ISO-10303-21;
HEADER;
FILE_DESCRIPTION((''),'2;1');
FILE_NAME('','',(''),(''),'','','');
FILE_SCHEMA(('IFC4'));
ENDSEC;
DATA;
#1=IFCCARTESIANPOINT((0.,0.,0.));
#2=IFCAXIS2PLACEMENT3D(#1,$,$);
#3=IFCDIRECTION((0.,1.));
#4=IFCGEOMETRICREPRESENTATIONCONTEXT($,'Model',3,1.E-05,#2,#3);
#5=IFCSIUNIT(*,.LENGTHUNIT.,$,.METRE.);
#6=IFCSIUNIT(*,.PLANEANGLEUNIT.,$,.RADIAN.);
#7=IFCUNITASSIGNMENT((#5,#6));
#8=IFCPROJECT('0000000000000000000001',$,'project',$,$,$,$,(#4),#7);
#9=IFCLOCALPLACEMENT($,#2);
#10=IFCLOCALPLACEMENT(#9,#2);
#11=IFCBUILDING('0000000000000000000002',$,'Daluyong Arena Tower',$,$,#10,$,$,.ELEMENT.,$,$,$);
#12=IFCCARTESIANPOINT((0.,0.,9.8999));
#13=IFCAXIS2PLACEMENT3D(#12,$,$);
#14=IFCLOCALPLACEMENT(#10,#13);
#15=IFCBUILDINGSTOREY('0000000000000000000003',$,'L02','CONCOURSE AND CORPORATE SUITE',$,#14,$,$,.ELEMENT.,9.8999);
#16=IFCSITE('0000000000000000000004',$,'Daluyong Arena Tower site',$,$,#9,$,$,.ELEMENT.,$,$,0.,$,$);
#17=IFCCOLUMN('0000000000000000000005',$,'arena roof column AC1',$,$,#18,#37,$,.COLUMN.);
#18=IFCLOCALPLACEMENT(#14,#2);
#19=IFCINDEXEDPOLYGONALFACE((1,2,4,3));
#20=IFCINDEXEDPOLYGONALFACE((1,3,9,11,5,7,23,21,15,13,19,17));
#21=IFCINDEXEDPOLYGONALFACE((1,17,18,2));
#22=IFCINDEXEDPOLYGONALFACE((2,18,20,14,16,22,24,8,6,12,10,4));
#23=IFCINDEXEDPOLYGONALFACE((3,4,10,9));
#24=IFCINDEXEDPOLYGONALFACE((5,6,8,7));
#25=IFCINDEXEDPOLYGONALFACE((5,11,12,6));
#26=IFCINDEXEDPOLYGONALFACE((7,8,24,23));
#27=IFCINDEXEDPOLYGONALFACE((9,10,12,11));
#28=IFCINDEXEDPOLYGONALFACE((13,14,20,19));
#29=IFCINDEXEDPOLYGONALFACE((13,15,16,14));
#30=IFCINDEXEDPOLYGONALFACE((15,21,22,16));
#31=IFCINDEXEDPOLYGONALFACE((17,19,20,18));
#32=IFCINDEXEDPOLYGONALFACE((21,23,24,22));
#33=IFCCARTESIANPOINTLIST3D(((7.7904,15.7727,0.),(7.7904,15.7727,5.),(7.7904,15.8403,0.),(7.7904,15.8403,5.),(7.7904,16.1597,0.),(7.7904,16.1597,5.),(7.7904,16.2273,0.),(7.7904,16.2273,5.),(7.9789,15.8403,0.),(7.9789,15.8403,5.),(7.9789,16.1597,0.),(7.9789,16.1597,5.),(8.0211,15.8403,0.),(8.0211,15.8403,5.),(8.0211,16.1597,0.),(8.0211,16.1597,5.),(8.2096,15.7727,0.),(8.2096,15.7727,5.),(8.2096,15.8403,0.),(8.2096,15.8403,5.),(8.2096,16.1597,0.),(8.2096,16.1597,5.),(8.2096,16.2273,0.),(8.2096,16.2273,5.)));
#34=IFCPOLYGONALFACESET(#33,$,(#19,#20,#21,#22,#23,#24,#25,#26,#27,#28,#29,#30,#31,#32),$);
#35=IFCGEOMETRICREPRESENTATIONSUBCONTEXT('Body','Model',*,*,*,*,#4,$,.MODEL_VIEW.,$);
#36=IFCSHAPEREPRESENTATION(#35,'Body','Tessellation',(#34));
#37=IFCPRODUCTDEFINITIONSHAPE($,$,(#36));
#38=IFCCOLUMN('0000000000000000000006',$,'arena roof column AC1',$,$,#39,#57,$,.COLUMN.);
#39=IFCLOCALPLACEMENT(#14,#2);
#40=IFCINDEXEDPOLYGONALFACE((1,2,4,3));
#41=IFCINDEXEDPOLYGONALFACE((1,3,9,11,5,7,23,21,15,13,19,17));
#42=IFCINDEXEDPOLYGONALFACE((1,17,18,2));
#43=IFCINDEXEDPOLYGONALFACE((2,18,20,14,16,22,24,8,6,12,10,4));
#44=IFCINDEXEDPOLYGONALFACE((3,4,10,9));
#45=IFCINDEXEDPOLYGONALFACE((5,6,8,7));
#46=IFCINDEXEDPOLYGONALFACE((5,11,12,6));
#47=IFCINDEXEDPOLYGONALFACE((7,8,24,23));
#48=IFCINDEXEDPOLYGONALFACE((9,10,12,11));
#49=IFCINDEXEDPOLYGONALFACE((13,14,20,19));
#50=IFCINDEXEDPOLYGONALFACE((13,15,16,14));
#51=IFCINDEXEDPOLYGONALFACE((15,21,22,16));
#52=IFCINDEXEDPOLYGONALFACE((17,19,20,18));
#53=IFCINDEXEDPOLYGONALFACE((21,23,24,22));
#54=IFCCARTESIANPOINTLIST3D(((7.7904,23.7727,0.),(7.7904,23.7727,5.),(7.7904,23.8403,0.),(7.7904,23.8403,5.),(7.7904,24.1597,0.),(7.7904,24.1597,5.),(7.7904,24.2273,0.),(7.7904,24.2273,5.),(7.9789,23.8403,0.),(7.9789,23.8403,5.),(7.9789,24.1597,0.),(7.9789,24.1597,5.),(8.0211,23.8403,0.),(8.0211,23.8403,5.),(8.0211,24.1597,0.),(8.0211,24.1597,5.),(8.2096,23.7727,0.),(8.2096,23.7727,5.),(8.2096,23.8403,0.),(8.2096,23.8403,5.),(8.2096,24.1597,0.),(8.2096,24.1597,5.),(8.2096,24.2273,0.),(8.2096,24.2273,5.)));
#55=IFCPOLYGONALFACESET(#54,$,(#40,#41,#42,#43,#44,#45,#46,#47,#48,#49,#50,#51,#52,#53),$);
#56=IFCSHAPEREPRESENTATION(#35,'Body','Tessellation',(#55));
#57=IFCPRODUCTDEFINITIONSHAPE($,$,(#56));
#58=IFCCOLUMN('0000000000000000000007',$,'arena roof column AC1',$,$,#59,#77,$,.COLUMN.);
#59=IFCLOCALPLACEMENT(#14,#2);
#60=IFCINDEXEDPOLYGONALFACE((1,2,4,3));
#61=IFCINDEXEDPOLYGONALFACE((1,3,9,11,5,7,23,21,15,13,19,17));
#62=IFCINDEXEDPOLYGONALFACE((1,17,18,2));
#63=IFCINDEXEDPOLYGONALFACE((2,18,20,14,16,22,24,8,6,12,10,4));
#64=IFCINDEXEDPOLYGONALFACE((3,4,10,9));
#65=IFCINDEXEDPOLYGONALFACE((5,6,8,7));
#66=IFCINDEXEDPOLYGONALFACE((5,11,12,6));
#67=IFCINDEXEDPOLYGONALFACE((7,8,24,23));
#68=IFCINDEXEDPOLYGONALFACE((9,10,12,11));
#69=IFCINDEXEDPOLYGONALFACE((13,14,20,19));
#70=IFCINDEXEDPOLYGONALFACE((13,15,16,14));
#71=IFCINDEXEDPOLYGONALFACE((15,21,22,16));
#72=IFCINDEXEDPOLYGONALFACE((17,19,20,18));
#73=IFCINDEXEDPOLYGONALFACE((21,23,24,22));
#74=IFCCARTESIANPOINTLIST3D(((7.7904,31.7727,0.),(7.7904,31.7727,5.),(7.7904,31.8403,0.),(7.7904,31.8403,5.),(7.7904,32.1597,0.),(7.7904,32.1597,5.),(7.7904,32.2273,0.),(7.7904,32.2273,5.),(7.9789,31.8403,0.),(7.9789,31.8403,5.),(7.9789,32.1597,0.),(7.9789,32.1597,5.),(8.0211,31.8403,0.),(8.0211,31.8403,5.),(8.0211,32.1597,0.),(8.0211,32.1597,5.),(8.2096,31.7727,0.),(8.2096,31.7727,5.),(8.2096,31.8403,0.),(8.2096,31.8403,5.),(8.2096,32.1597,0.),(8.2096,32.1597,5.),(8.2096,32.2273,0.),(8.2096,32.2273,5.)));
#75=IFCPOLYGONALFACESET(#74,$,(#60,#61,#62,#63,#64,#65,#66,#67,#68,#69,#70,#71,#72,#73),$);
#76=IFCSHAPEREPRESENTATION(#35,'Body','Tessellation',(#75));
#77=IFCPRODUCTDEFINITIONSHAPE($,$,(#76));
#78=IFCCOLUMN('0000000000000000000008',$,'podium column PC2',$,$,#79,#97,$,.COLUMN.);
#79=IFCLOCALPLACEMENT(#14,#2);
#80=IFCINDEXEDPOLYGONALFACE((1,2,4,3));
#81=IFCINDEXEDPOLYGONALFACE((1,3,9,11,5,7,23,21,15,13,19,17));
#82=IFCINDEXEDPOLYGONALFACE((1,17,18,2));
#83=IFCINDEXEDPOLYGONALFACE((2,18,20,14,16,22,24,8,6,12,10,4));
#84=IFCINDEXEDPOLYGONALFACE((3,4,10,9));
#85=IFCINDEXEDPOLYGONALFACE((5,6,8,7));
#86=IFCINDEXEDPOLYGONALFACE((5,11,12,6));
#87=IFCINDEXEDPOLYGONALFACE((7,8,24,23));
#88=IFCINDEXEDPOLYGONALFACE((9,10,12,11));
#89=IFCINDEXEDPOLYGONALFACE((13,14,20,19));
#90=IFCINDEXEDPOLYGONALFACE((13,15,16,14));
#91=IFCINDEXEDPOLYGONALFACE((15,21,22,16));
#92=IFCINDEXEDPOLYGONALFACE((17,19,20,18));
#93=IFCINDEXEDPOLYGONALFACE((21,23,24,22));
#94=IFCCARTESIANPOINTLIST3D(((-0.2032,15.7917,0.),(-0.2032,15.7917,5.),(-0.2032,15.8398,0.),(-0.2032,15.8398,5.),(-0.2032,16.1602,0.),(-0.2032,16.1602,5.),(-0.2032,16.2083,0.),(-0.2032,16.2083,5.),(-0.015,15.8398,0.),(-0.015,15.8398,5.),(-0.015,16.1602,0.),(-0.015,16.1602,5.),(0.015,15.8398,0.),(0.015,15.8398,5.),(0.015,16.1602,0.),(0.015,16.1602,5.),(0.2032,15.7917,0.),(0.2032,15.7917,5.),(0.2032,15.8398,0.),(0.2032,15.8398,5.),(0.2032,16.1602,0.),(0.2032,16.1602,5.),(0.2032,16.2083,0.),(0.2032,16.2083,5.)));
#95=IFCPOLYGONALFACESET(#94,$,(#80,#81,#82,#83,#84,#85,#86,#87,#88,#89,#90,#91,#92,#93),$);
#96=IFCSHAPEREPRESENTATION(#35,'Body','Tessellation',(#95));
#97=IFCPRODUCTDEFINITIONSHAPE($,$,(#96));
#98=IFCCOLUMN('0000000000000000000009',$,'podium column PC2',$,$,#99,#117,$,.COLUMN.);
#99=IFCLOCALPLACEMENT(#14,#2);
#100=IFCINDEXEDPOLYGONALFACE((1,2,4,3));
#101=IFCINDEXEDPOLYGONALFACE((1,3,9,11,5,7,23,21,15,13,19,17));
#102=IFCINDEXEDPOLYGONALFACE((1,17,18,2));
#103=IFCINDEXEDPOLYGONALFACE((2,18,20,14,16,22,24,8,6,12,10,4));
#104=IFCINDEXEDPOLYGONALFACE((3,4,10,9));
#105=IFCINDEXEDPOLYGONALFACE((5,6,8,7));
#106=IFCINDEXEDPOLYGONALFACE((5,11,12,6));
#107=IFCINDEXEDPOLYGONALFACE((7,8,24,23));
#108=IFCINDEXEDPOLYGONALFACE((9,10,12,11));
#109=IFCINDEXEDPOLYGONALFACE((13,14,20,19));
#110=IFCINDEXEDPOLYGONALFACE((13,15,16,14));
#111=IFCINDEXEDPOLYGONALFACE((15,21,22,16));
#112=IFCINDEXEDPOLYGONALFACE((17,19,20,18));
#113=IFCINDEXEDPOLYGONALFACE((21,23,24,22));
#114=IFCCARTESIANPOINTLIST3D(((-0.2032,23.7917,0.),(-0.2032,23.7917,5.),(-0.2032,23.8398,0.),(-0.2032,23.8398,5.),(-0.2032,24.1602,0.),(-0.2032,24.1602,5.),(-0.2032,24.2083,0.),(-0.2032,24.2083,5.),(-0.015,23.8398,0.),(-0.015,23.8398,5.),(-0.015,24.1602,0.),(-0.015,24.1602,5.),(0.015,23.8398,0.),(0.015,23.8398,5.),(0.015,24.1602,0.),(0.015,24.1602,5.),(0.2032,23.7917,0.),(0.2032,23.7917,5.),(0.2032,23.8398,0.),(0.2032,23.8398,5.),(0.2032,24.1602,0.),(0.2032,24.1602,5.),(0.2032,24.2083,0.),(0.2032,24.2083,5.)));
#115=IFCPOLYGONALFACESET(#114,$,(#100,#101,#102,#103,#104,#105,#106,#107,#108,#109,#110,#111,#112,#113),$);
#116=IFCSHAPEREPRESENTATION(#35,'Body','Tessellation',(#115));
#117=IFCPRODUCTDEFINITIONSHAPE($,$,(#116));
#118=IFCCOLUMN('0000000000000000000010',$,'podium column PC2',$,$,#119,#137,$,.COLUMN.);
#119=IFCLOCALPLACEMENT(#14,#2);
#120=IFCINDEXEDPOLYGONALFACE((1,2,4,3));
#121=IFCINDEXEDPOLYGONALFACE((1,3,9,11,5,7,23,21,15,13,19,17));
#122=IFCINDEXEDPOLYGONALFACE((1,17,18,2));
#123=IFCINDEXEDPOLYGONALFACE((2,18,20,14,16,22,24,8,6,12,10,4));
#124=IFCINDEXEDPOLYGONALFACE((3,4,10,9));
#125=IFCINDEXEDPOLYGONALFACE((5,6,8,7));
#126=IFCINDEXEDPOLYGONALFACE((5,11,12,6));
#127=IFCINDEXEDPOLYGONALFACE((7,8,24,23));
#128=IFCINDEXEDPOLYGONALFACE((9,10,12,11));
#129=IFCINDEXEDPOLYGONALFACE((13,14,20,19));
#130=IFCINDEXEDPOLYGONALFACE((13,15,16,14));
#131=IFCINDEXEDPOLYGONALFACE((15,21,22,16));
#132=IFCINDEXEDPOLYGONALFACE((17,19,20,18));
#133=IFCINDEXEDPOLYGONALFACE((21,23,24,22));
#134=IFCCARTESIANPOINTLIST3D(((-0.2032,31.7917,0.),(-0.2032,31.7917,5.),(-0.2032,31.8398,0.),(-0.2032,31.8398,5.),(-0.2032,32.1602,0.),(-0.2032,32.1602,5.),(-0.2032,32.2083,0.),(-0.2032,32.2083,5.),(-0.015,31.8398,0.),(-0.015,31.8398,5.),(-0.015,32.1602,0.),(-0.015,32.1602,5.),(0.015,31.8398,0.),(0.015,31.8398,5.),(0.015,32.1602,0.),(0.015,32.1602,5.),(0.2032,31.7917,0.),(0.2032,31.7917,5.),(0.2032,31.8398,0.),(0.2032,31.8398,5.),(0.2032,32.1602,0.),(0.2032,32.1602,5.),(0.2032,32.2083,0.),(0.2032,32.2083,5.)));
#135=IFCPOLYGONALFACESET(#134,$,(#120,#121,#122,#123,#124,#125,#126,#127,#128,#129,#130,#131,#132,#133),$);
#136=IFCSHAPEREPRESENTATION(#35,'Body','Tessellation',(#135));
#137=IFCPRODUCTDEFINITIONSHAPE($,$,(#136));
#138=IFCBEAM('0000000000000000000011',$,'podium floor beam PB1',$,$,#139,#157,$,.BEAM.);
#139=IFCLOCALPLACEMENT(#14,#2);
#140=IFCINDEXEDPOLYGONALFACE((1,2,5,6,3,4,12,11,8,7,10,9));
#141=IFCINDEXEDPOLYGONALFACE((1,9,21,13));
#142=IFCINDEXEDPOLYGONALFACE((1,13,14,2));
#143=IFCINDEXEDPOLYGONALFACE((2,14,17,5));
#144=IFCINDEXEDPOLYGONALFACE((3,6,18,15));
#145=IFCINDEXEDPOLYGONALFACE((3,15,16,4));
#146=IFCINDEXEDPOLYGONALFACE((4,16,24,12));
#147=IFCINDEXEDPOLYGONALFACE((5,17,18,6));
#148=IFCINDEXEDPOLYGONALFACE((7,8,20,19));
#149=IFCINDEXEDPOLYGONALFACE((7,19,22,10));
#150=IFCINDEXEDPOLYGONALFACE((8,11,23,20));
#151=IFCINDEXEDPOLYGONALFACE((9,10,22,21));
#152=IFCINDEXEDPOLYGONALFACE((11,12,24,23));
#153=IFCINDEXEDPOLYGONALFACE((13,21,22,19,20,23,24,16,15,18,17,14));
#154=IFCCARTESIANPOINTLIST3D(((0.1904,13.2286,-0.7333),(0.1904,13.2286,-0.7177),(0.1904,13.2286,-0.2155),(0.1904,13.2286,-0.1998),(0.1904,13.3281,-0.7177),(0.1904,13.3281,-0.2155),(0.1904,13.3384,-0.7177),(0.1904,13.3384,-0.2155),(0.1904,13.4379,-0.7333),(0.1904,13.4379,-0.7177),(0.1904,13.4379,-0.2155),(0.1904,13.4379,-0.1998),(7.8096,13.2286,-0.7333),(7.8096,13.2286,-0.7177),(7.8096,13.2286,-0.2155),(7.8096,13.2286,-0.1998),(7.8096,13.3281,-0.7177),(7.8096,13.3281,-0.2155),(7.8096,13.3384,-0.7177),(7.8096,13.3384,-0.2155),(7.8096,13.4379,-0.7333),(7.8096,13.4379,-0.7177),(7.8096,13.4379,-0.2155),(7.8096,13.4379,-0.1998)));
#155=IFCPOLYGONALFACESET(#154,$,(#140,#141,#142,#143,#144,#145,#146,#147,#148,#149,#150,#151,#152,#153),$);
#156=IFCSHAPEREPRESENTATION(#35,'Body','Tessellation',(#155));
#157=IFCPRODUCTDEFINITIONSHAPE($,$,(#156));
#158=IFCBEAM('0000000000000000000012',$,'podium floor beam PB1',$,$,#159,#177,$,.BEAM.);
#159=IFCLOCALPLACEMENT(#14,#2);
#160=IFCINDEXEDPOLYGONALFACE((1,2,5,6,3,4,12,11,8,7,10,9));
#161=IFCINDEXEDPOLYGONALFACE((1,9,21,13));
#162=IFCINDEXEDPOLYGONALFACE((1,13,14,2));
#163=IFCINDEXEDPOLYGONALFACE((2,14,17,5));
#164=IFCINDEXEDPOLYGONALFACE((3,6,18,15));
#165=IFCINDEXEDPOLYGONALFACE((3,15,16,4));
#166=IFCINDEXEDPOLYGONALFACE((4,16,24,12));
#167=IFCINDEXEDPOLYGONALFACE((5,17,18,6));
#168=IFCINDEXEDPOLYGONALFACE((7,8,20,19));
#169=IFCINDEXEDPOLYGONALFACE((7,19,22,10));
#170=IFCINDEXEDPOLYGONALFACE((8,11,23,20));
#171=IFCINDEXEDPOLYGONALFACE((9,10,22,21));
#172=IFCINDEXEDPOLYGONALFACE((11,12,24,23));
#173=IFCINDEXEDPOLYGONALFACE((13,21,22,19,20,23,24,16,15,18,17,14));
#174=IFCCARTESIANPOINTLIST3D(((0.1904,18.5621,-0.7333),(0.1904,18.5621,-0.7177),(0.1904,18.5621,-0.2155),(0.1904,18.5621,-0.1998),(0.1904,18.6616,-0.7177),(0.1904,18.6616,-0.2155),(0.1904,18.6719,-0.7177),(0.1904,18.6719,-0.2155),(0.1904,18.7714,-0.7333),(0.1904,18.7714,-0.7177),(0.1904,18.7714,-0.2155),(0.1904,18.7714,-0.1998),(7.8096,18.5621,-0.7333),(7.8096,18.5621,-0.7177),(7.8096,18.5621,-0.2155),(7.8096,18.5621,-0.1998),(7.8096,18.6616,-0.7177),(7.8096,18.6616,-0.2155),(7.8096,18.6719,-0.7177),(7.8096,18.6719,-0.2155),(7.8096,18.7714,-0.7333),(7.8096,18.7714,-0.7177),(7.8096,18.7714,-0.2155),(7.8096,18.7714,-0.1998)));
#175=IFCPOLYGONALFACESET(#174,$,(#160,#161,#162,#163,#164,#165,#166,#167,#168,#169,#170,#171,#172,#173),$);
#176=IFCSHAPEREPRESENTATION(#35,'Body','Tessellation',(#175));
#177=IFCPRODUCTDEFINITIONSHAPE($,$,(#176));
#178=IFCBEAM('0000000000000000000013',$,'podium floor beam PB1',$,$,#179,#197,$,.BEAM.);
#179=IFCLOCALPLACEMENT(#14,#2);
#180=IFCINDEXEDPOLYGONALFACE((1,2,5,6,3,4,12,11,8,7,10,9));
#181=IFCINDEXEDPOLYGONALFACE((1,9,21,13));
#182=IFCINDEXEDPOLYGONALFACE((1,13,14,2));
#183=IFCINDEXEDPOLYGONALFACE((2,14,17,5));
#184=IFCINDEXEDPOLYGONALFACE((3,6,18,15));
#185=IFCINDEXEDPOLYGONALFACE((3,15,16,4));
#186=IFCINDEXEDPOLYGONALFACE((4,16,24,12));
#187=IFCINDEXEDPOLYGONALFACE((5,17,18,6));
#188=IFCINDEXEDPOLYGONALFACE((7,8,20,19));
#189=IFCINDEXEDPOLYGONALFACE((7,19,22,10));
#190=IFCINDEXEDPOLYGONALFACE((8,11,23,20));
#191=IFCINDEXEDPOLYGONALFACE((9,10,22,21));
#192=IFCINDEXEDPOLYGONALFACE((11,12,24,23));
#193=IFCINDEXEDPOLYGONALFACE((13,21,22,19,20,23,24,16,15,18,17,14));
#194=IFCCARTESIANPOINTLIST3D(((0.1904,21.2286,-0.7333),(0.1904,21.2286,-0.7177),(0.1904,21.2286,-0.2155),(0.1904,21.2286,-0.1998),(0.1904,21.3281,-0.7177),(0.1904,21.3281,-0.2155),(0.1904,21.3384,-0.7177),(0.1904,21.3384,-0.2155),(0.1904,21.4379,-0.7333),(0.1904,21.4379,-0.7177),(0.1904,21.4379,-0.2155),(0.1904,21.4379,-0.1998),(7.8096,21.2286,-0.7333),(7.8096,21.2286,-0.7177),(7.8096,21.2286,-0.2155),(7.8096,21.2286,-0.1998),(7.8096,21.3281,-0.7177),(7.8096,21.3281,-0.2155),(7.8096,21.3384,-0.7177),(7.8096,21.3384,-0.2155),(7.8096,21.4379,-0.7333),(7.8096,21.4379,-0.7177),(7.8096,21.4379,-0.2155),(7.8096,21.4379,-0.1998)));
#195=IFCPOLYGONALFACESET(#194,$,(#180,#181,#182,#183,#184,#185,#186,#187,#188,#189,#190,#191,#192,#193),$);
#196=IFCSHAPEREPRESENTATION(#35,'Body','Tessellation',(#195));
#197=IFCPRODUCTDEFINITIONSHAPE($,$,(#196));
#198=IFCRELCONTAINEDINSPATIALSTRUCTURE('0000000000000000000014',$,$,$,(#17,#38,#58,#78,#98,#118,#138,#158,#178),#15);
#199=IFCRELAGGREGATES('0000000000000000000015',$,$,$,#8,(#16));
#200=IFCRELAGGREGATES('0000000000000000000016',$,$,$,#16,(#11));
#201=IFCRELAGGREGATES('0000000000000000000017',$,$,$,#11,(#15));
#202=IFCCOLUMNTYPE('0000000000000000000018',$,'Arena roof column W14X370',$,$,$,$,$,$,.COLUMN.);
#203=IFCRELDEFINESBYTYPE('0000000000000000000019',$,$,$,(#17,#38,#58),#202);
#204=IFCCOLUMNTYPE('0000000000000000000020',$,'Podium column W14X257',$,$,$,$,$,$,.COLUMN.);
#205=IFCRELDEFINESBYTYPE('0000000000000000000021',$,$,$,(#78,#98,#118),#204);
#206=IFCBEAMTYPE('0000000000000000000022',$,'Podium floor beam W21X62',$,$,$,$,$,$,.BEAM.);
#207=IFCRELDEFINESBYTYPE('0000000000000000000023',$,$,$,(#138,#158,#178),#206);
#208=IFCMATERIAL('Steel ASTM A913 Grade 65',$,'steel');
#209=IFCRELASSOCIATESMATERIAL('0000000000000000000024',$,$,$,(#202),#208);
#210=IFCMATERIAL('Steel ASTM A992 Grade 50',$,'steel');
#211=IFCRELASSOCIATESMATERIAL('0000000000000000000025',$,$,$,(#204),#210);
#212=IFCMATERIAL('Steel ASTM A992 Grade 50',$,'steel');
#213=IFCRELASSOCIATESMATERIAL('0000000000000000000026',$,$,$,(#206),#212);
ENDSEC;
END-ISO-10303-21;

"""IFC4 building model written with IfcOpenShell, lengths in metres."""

from ifc_helpers import new_model, si_unit, direction, frame, origin, origin_2d, place, context, subcontext, project, spatial, i_section, extrude, material, material_profile, profile_set, type_object, element, save


model = new_model("IFC4")

# Units and contexts
model_context = context("Model", 3, precision=1e-05, world=origin(), true_north=direction((0.0, 1.0)))
body_context = subcontext(model_context, "Body", "Model", "MODEL_VIEW")
ifc_project = project(units=[si_unit("LENGTHUNIT", "METRE"), si_unit("PLANEANGLEUNIT", "RADIAN")], contexts=[model_context])

# Site, building, storey
site_placement = place(None, origin())
site = spatial("IfcSite", under=ifc_project, at=site_placement, Name="Daluyong Arena Tower site", CompositionType="ELEMENT", RefElevation=0.0)
building_placement = place(site_placement, origin())
building = spatial("IfcBuilding", under=site, at=building_placement, Name="Daluyong Arena Tower", CompositionType="ELEMENT")
storey_placement = place(building_placement, frame((0.0, 0.0, 9.8999)))
storey = spatial("IfcBuildingStorey", under=building, at=storey_placement, Name="L02", Description="CONCOURSE AND CORPORATE SUITE", CompositionType="ELEMENT", Elevation=9.8999)

# Columns
ifc_material_1 = material(Name="Steel ASTM A913 Grade 65", Category="steel")
ifc_material_profile_1 = material_profile(ifc_material_1, i_section(OverallWidth=0.4192, OverallDepth=0.4546, WebThickness=0.0422, FlangeThickness=0.0676, at=origin_2d()))
ifc_profile_set_1 = profile_set([ifc_material_profile_1], Name="Steel ASTM A913 Grade 65")
column_type_1 = type_object("IfcColumnType", Name="Arena roof column W14X370", PredefinedType="COLUMN", material=ifc_profile_set_1)
for number, where, z_axis, x_axis, name in (
    (1, (8.0, 16.0, 0.0), (0.0, 0.0, 1.0), (1.0, 0.0, 0.0), "arena roof column AC1"),
    (2, (8.0, 24.0, 0.0), (0.0, 0.0, 1.0), (1.0, 0.0, 0.0), "arena roof column AC1"),
    (3, (8.0, 32.0, 0.0), (0.0, 0.0, 1.0), (1.0, 0.0, 0.0), "arena roof column AC1"),
):
    element("IfcColumn", number, at=place(storey_placement, frame(where, z_axis=z_axis, x_axis=x_axis)), inside=storey, type_object=column_type_1, Name=name, PredefinedType="COLUMN", context=body_context, shape_type="SweptSolid", body=[
        extrude(i_section(OverallWidth=0.4192, OverallDepth=0.4546, WebThickness=0.0422, FlangeThickness=0.0676, at=origin_2d()), origin(), (0.0, 0.0, 1.0), 5.0),
    ])
ifc_material_2 = material(Name="Steel ASTM A992 Grade 50", Category="steel")
ifc_material_profile_2 = material_profile(ifc_material_2, i_section(OverallWidth=0.4065, OverallDepth=0.4165, WebThickness=0.03, FlangeThickness=0.0481, at=origin_2d()))
ifc_profile_set_2 = profile_set([ifc_material_profile_2], Name="Steel ASTM A992 Grade 50")
column_type_2 = type_object("IfcColumnType", Name="Podium column W14X257", PredefinedType="COLUMN", material=ifc_profile_set_2)
for number, where, z_axis, x_axis, name in (
    (4, (0.0, 16.0, 0.0), (0.0, 0.0, 1.0), (1.0, 0.0, 0.0), "podium column PC2"),
    (5, (0.0, 24.0, 0.0), (0.0, 0.0, 1.0), (1.0, 0.0, 0.0), "podium column PC2"),
    (6, (0.0, 32.0, 0.0), (0.0, 0.0, 1.0), (1.0, 0.0, 0.0), "podium column PC2"),
):
    element("IfcColumn", number, at=place(storey_placement, frame(where, z_axis=z_axis, x_axis=x_axis)), inside=storey, type_object=column_type_2, Name=name, PredefinedType="COLUMN", context=body_context, shape_type="SweptSolid", body=[
        extrude(i_section(OverallWidth=0.4065, OverallDepth=0.4165, WebThickness=0.03, FlangeThickness=0.0481, at=origin_2d()), origin(), (0.0, 0.0, 1.0), 5.0),
    ])

# Beams
ifc_material_3 = material(Name="Steel ASTM A992 Grade 50", Category="steel")
ifc_material_profile_3 = material_profile(ifc_material_3, i_section(OverallWidth=0.2092, OverallDepth=0.5334, WebThickness=0.0103, FlangeThickness=0.0156, at=origin_2d()))
ifc_profile_set_3 = profile_set([ifc_material_profile_3], Name="Steel ASTM A992 Grade 50")
beam_type_1 = type_object("IfcBeamType", Name="Podium floor beam W21X62", PredefinedType="BEAM", material=ifc_profile_set_3)
for number, where, z_axis, x_axis, name in (
    (7, (0.1904, 13.3333, -0.4666), (1.0, 0.0, 0.0), (0.0, 1.0, 0.0), "podium floor beam PB1"),
    (8, (0.1904, 18.6667, -0.4666), (1.0, 0.0, 0.0), (0.0, 1.0, 0.0), "podium floor beam PB1"),
    (9, (0.1904, 21.3333, -0.4666), (1.0, 0.0, 0.0), (0.0, 1.0, 0.0), "podium floor beam PB1"),
):
    element("IfcBeam", number, at=place(storey_placement, frame(where, z_axis=z_axis, x_axis=x_axis)), inside=storey, type_object=beam_type_1, Name=name, PredefinedType="BEAM", context=body_context, shape_type="SweptSolid", body=[
        extrude(i_section(OverallWidth=0.2092, OverallDepth=0.5334, WebThickness=0.0103, FlangeThickness=0.0156, at=origin_2d()), origin(), (0.0, 0.0, 1.0), 7.6191),
    ])

save(model, "model.ifc")
